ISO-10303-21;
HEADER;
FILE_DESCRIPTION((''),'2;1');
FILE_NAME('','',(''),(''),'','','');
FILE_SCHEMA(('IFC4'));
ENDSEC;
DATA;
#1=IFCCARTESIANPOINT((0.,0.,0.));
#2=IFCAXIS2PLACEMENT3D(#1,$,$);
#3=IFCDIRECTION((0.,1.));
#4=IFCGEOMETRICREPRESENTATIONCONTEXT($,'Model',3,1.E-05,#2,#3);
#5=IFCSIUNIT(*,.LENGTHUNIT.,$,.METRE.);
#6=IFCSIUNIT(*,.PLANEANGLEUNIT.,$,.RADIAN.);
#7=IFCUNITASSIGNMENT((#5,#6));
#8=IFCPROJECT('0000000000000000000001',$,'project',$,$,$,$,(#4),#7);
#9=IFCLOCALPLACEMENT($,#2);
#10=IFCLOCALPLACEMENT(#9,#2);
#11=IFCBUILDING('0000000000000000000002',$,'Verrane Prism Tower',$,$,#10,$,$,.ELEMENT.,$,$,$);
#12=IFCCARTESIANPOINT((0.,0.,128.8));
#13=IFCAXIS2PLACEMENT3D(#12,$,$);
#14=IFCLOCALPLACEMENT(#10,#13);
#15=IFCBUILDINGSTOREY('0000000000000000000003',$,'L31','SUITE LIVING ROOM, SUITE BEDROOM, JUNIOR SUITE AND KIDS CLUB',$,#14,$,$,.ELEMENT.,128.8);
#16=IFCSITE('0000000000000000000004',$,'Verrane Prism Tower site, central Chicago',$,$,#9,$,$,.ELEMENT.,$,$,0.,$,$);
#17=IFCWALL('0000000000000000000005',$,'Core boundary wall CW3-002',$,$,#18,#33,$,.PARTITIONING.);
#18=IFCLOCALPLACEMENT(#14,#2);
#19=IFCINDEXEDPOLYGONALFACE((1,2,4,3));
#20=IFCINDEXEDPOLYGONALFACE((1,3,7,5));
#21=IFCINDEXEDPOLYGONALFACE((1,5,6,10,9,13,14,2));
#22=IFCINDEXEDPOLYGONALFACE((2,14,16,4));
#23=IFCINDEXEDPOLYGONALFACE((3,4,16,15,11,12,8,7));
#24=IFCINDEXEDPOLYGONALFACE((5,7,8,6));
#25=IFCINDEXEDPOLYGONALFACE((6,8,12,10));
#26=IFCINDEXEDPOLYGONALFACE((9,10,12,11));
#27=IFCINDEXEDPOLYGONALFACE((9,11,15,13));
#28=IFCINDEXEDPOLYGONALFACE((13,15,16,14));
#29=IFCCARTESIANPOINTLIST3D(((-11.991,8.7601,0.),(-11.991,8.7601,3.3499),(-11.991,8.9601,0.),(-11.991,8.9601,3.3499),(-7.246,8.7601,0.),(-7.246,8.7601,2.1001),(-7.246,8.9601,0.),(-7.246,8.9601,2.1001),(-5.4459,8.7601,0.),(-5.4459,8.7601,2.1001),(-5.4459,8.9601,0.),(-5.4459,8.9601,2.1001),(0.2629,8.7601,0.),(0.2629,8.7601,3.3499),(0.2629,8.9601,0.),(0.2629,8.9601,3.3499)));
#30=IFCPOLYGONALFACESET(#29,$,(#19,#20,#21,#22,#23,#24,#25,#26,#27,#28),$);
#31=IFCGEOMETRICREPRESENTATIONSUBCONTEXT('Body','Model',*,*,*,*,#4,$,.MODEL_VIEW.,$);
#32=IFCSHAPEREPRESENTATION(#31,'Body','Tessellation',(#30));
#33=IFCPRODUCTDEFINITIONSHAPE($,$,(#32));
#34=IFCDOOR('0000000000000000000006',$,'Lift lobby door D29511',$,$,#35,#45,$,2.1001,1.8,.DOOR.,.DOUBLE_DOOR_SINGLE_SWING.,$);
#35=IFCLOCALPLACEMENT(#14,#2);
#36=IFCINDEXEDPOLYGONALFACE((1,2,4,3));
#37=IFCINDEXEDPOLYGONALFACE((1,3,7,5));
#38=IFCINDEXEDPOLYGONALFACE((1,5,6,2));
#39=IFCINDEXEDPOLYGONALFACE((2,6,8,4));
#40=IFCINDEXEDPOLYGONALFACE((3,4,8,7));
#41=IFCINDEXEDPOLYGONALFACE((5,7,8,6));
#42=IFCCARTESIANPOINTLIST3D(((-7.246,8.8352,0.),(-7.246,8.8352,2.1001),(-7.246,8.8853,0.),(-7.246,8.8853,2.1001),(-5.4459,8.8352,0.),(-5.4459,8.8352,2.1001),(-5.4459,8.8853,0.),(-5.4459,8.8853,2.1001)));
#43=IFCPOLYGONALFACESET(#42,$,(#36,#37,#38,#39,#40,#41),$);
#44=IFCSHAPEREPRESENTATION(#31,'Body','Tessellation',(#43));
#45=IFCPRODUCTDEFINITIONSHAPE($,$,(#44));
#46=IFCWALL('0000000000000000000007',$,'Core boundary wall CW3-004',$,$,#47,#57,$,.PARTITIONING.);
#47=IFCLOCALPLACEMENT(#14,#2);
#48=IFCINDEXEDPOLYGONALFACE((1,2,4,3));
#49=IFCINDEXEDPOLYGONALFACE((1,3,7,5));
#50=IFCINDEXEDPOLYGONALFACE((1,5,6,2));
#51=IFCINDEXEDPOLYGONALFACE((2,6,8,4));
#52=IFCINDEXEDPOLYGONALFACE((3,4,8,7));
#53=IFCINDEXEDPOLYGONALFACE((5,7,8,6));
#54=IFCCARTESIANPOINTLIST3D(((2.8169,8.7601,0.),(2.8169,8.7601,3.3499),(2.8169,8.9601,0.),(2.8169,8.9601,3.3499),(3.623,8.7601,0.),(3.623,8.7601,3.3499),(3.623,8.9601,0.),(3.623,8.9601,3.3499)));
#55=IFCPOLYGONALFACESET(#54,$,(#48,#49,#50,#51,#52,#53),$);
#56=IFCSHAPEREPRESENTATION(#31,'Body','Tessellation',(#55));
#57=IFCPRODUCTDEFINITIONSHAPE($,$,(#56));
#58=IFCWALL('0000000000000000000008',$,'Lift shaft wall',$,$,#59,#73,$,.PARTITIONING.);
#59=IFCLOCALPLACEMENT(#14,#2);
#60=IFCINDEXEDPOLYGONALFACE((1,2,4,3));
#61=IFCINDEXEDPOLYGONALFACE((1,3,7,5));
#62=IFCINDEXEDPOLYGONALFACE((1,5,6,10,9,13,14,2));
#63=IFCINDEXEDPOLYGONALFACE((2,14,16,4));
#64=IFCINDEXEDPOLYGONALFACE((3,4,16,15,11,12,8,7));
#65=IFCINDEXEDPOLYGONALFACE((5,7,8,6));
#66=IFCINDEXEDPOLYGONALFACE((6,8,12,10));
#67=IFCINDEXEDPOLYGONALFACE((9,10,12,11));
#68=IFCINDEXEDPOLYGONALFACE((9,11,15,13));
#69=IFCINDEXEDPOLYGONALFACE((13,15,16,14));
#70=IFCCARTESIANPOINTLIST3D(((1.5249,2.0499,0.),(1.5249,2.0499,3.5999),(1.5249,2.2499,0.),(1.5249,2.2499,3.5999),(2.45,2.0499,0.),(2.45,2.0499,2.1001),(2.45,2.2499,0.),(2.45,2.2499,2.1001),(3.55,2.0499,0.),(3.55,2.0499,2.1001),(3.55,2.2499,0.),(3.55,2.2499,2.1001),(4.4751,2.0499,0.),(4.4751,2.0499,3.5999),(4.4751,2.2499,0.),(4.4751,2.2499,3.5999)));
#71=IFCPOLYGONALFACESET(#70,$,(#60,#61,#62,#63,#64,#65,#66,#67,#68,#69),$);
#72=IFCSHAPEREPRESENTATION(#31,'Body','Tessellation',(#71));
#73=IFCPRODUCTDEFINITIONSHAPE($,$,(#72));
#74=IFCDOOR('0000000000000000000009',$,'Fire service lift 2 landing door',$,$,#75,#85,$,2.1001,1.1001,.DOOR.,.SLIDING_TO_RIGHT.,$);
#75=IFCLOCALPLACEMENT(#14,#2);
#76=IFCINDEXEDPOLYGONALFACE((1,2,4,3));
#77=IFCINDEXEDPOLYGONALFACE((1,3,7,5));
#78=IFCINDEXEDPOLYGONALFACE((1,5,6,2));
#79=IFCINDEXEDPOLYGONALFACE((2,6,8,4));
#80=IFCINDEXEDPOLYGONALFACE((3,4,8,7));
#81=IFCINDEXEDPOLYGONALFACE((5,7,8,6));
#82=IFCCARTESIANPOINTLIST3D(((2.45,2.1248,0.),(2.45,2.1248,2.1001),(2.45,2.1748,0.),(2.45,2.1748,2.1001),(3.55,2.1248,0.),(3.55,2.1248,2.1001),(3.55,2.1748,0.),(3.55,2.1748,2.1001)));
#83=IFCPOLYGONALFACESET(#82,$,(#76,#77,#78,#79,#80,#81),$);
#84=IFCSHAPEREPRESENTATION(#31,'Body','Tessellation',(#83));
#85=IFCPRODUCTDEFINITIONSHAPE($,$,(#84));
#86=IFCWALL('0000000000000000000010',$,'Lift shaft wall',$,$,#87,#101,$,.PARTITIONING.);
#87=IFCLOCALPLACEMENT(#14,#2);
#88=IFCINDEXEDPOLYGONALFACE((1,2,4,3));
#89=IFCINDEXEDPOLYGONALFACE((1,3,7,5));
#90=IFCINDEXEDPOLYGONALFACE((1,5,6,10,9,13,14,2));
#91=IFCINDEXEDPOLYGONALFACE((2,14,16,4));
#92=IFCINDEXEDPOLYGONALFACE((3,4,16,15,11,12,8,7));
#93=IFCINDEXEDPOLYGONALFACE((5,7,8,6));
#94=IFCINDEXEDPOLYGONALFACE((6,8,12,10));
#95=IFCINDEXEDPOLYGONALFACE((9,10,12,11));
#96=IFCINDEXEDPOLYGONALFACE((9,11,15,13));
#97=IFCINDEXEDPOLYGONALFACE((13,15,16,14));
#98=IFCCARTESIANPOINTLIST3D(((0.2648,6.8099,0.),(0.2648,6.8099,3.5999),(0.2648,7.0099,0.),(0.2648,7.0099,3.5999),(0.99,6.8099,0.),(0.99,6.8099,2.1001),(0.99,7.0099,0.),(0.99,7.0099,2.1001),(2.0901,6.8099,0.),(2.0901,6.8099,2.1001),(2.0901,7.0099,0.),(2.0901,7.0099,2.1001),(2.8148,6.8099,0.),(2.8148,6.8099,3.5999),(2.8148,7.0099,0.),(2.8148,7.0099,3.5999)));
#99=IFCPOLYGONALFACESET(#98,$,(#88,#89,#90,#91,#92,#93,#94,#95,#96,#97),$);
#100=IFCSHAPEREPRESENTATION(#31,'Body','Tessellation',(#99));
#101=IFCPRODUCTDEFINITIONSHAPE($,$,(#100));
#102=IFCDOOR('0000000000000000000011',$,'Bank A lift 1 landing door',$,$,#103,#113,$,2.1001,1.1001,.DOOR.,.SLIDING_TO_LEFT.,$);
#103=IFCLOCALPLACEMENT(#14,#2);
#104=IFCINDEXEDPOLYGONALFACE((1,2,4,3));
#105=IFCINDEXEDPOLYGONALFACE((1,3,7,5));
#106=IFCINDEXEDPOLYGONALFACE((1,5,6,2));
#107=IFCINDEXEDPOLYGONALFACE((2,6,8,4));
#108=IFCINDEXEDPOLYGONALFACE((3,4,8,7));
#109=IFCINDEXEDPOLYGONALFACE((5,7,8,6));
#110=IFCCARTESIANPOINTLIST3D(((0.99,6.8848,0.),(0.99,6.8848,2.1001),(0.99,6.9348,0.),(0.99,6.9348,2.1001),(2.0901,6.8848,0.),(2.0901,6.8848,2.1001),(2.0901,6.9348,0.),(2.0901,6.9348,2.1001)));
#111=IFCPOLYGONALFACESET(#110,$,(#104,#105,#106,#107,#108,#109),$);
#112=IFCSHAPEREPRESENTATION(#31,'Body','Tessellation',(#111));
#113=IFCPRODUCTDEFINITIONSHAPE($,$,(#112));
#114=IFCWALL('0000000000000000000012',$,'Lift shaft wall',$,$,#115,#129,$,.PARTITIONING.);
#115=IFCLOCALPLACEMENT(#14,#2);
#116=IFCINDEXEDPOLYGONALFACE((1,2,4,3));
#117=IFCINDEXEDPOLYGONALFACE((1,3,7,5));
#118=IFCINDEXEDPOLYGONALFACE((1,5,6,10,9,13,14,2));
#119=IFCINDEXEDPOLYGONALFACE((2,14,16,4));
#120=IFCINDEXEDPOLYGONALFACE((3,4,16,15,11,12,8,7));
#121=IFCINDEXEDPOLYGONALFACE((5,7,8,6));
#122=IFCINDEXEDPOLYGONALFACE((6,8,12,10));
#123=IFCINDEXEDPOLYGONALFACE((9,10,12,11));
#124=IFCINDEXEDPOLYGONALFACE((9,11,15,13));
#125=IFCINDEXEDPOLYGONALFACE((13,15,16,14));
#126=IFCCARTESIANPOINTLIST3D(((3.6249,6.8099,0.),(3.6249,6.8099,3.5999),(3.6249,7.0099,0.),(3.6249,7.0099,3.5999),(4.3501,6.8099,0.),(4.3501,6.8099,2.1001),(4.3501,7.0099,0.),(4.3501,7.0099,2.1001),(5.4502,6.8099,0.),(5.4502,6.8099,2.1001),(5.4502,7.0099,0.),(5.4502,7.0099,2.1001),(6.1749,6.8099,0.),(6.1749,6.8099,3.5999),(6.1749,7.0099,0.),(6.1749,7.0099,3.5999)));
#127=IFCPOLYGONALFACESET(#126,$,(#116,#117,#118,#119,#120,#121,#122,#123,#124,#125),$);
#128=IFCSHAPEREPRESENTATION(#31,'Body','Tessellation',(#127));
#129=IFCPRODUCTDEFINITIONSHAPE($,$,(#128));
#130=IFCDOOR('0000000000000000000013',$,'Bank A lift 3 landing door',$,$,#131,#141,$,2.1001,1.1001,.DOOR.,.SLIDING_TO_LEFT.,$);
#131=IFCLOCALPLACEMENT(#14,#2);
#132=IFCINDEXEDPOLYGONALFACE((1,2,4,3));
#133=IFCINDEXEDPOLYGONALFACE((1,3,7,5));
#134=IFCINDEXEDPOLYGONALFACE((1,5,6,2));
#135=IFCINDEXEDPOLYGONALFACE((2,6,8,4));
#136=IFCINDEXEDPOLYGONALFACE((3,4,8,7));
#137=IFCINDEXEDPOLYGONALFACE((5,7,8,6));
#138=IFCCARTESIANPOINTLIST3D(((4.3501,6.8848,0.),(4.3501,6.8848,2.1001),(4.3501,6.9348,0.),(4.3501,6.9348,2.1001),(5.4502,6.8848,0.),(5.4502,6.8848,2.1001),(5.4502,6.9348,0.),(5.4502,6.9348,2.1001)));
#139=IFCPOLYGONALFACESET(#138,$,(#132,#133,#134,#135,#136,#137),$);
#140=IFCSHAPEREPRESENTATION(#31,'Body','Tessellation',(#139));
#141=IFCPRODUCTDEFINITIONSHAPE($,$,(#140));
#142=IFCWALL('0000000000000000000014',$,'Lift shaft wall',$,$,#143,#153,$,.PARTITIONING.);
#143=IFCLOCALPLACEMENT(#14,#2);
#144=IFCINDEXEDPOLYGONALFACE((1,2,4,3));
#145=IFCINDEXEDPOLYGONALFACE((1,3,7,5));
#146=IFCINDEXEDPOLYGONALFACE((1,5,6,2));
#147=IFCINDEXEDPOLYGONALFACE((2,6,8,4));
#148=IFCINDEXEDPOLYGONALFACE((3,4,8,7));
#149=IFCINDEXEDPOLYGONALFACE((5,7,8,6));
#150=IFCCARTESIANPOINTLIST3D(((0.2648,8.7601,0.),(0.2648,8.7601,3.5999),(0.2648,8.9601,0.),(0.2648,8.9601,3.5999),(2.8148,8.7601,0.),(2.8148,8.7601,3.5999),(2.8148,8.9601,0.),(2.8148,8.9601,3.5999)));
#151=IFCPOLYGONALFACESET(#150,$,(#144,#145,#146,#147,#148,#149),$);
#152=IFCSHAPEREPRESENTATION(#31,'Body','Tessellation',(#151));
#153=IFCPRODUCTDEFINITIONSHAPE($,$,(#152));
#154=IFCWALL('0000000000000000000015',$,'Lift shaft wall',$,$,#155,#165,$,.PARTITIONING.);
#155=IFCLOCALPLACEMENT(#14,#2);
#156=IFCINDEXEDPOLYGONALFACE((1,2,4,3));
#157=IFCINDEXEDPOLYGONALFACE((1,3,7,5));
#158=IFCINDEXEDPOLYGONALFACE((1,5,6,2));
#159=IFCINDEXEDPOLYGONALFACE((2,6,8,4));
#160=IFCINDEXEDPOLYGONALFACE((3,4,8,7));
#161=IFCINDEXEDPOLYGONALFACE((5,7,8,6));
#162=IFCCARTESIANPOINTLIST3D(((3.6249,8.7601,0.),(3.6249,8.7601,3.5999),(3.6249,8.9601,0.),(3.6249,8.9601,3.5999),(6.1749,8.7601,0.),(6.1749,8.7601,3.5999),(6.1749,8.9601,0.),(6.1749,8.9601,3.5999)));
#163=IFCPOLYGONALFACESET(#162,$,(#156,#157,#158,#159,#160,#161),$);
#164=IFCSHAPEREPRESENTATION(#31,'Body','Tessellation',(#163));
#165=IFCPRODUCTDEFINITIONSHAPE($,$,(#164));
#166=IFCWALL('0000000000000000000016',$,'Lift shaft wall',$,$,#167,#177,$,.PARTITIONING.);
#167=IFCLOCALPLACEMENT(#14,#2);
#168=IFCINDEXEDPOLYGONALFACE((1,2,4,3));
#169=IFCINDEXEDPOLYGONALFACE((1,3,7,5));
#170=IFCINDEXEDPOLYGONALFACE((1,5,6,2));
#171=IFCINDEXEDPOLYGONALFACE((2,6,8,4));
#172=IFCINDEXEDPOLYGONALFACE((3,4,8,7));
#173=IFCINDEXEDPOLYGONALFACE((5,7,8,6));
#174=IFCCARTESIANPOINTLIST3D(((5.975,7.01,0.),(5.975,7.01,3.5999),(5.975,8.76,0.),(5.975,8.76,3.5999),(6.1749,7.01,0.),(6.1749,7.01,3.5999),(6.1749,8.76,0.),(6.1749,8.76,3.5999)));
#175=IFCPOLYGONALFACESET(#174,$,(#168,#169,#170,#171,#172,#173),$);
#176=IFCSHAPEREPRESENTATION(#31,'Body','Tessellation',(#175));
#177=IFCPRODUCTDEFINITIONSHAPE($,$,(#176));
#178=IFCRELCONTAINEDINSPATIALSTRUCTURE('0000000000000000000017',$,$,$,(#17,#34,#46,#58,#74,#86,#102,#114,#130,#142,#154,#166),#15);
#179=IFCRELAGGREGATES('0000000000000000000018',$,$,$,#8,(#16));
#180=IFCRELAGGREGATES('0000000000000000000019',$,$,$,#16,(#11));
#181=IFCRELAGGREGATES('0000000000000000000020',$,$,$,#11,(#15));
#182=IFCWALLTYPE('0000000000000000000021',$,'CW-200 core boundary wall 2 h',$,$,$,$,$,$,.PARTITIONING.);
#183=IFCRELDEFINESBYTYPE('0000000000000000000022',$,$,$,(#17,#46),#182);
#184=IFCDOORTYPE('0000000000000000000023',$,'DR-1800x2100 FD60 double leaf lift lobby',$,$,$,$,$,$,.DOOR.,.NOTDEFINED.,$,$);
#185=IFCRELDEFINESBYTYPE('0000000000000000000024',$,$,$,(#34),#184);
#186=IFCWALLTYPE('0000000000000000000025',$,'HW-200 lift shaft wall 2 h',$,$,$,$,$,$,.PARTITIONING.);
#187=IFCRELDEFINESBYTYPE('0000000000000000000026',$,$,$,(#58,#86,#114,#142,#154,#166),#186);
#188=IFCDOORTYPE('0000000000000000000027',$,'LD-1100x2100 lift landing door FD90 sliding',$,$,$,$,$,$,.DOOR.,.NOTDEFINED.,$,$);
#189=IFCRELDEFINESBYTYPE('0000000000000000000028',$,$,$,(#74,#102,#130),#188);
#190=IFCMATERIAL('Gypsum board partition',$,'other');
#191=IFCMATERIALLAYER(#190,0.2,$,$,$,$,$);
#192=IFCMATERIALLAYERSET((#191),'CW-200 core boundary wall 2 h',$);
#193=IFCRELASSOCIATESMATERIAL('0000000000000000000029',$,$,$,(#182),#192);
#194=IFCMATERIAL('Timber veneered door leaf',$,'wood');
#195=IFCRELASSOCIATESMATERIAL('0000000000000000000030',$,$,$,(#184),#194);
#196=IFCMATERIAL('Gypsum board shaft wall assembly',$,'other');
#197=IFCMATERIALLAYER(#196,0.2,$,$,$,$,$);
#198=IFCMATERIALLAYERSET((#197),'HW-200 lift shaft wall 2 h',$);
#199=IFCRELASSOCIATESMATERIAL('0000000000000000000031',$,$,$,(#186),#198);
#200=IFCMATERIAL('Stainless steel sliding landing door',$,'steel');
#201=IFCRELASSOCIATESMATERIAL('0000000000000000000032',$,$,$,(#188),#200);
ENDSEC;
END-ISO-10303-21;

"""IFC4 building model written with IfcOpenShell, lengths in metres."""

from ifc_helpers import new_model, si_unit, direction, frame, frame_2d, origin, place, context, subcontext, project, spatial, rectangle, extrude, material, layer, layer_set, type_object, element, fill, save


model = new_model("IFC4")

# Units and contexts
model_context = context("Model", 3, precision=1e-05, world=origin(), true_north=direction((0.0, 1.0)))
body_context = subcontext(model_context, "Body", "Model", "MODEL_VIEW")
ifc_project = project(units=[si_unit("LENGTHUNIT", "METRE"), si_unit("PLANEANGLEUNIT", "RADIAN")], contexts=[model_context])

# Site, building, storey
site_placement = place(None, origin())
site = spatial("IfcSite", under=ifc_project, at=site_placement, Name="Verrane Prism Tower site, central Chicago", CompositionType="ELEMENT", RefElevation=0.0)
building_placement = place(site_placement, origin())
building = spatial("IfcBuilding", under=site, at=building_placement, Name="Verrane Prism Tower", CompositionType="ELEMENT")
storey_placement = place(building_placement, frame((0.0, 0.0, 128.8)))
storey = spatial("IfcBuildingStorey", under=building, at=storey_placement, Name="L31", Description="SUITE LIVING ROOM, SUITE BEDROOM, JUNIOR SUITE AND KIDS CLUB", CompositionType="ELEMENT", Elevation=128.8)

# Wall, opening, door
ifc_material_1 = material(Name="Gypsum board partition", Category="other")
ifc_layer_1 = layer(ifc_material_1, 0.2)
ifc_layer_set_1 = layer_set([ifc_layer_1], Name="CW-200 core boundary wall 2 h")
wall_type_1 = type_object("IfcWallType", Name="CW-200 core boundary wall 2 h", PredefinedType="PARTITIONING", material=ifc_layer_set_1)
wall_1_placement = place(storey_placement, frame((0.2629, 8.8601, 0.0), z_axis=(0.0, 0.0, 1.0), x_axis=(-1.0, 0.0, 0.0)))
wall_1 = element("IfcWall", 1, at=wall_1_placement, inside=storey, type_object=wall_type_1, Name="Core boundary wall CW3-002", PredefinedType="PARTITIONING", context=body_context, shape_type="SweptSolid", body=[
    extrude(rectangle(XDim=12.2539, YDim=0.2, at=frame_2d((6.127, 0.0))), origin(), (0.0, 0.0, 1.0), 3.3499),
])
opening_1_placement = place(wall_1_placement, frame((5.709, 0.0, 0.0)))
opening_1 = element("IfcOpeningElement", 2, at=opening_1_placement, cuts=wall_1, PredefinedType="OPENING", context=body_context, shape_type="SweptSolid", body=[
    extrude(rectangle(XDim=1.8, YDim=2.1001, at=frame_2d((0.8999, 1.05))), frame((0.0, 0.1099, 0.0), z_axis=(0.0, -1.0, 0.0), x_axis=(1.0, 0.0, 0.0)), (0.0, 0.0, 1.0), 0.22),
])
ifc_material_2 = material(Name="Timber veneered door leaf", Category="wood")
door_type_1 = type_object("IfcDoorType", Name="DR-1800x2100 FD60 double leaf lift lobby", OperationType="NOTDEFINED", PredefinedType="DOOR", material=ifc_material_2)
door_1_placement = place(opening_1_placement, origin())
door_1 = element("IfcDoor", 3, at=door_1_placement, inside=storey, type_object=door_type_1, Name="Lift lobby door D29511", OperationType="DOUBLE_DOOR_SINGLE_SWING", OverallHeight=2.1001, OverallWidth=1.8, PredefinedType="DOOR", context=body_context, shape_type="SweptSolid", body=[
    extrude(rectangle(XDim=1.8, YDim=2.1001, at=frame_2d((0.8999, 1.05))), frame((0.0, 0.0249, 0.0), z_axis=(0.0, -1.0, 0.0), x_axis=(1.0, 0.0, 0.0)), (0.0, 0.0, 1.0), 0.05),
])
fill(opening_1, door_1)

# Wall
wall_2_placement = place(storey_placement, frame((2.8169, 8.8601, 0.0), z_axis=(0.0, 0.0, 1.0), x_axis=(1.0, 0.0, 0.0)))
element("IfcWall", 4, at=wall_2_placement, inside=storey, type_object=wall_type_1, Name="Core boundary wall CW3-004", PredefinedType="PARTITIONING", context=body_context, shape_type="SweptSolid", body=[
    extrude(rectangle(XDim=0.8062, YDim=0.2, at=frame_2d((0.4031, 0.0))), origin(), (0.0, 0.0, 1.0), 3.3499),
])

# Walls, openings, doors
ifc_material_3 = material(Name="Gypsum board shaft wall assembly", Category="other")
ifc_layer_2 = layer(ifc_material_3, 0.2)
ifc_layer_set_2 = layer_set([ifc_layer_2], Name="HW-200 lift shaft wall 2 h")
wall_type_2 = type_object("IfcWallType", Name="HW-200 lift shaft wall 2 h", PredefinedType="PARTITIONING", material=ifc_layer_set_2)
wall_3_placement = place(storey_placement, frame((1.5249, 2.1499, 0.0), z_axis=(0.0, 0.0, 1.0), x_axis=(1.0, 0.0, 0.0)))
wall_3 = element("IfcWall", 5, at=wall_3_placement, inside=storey, type_object=wall_type_2, Name="Lift shaft wall", PredefinedType="PARTITIONING", context=body_context, shape_type="SweptSolid", body=[
    extrude(rectangle(XDim=2.9502, YDim=0.2, at=frame_2d((1.4751, 0.0))), origin(), (0.0, 0.0, 1.0), 3.5999),
])
opening_2_placement = place(wall_3_placement, frame((0.925, 0.0, 0.0)))
opening_2 = element("IfcOpeningElement", 6, at=opening_2_placement, cuts=wall_3, PredefinedType="OPENING", context=body_context, shape_type="SweptSolid", body=[
    extrude(rectangle(XDim=1.1001, YDim=2.1001, at=frame_2d((0.55, 1.05))), frame((0.0, 0.1099, 0.0), z_axis=(0.0, -1.0, 0.0), x_axis=(1.0, 0.0, 0.0)), (0.0, 0.0, 1.0), 0.22),
])
ifc_material_4 = material(Name="Stainless steel sliding landing door", Category="steel")
door_type_2 = type_object("IfcDoorType", Name="LD-1100x2100 lift landing door FD90 sliding", OperationType="NOTDEFINED", PredefinedType="DOOR", material=ifc_material_4)
door_2_placement = place(opening_2_placement, origin())
door_2 = element("IfcDoor", 7, at=door_2_placement, inside=storey, type_object=door_type_2, Name="Fire service lift 2 landing door", OperationType="SLIDING_TO_RIGHT", OverallHeight=2.1001, OverallWidth=1.1001, PredefinedType="DOOR", context=body_context, shape_type="SweptSolid", body=[
    extrude(rectangle(XDim=1.1001, YDim=2.1001, at=frame_2d((0.55, 1.05))), frame((0.0, 0.0249, 0.0), z_axis=(0.0, -1.0, 0.0), x_axis=(1.0, 0.0, 0.0)), (0.0, 0.0, 1.0), 0.05),
])
fill(opening_2, door_2)
wall_4_placement = place(storey_placement, frame((0.2649, 6.9099, 0.0), z_axis=(0.0, 0.0, 1.0), x_axis=(1.0, 0.0, 0.0)))
wall_4 = element("IfcWall", 8, at=wall_4_placement, inside=storey, type_object=wall_type_2, Name="Lift shaft wall", PredefinedType="PARTITIONING", context=body_context, shape_type="SweptSolid", body=[
    extrude(rectangle(XDim=2.55, YDim=0.2, at=frame_2d((1.2749, 0.0))), origin(), (0.0, 0.0, 1.0), 3.5999),
])
opening_3_placement = place(wall_4_placement, frame((0.7251, 0.0, 0.0)))
opening_3 = element("IfcOpeningElement", 9, at=opening_3_placement, cuts=wall_4, PredefinedType="OPENING", context=body_context, shape_type="SweptSolid", body=[
    extrude(rectangle(XDim=1.1001, YDim=2.1001, at=frame_2d((0.55, 1.05))), frame((0.0, 0.1099, 0.0), z_axis=(0.0, -1.0, 0.0), x_axis=(1.0, 0.0, 0.0)), (0.0, 0.0, 1.0), 0.22),
])
door_3_placement = place(opening_3_placement, origin())
door_3 = element("IfcDoor", 10, at=door_3_placement, inside=storey, type_object=door_type_2, Name="Bank A lift 1 landing door", OperationType="SLIDING_TO_LEFT", OverallHeight=2.1001, OverallWidth=1.1001, PredefinedType="DOOR", context=body_context, shape_type="SweptSolid", body=[
    extrude(rectangle(XDim=1.1001, YDim=2.1001, at=frame_2d((0.55, 1.05))), frame((0.0, 0.0249, 0.0), z_axis=(0.0, -1.0, 0.0), x_axis=(1.0, 0.0, 0.0)), (0.0, 0.0, 1.0), 0.05),
])
fill(opening_3, door_3)
wall_5_placement = place(storey_placement, frame((3.625, 6.9099, 0.0), z_axis=(0.0, 0.0, 1.0), x_axis=(1.0, 0.0, 0.0)))
wall_5 = element("IfcWall", 11, at=wall_5_placement, inside=storey, type_object=wall_type_2, Name="Lift shaft wall", PredefinedType="PARTITIONING", context=body_context, shape_type="SweptSolid", body=[
    extrude(rectangle(XDim=2.55, YDim=0.2, at=frame_2d((1.2749, 0.0))), origin(), (0.0, 0.0, 1.0), 3.5999),
])
opening_4_placement = place(wall_5_placement, frame((0.7251, 0.0, 0.0)))
opening_4 = element("IfcOpeningElement", 12, at=opening_4_placement, cuts=wall_5, PredefinedType="OPENING", context=body_context, shape_type="SweptSolid", body=[
    extrude(rectangle(XDim=1.1001, YDim=2.1001, at=frame_2d((0.55, 1.05))), frame((0.0, 0.1099, 0.0), z_axis=(0.0, -1.0, 0.0), x_axis=(1.0, 0.0, 0.0)), (0.0, 0.0, 1.0), 0.22),
])
door_4_placement = place(opening_4_placement, origin())
door_4 = element("IfcDoor", 13, at=door_4_placement, inside=storey, type_object=door_type_2, Name="Bank A lift 3 landing door", OperationType="SLIDING_TO_LEFT", OverallHeight=2.1001, OverallWidth=1.1001, PredefinedType="DOOR", context=body_context, shape_type="SweptSolid", body=[
    extrude(rectangle(XDim=1.1001, YDim=2.1001, at=frame_2d((0.55, 1.05))), frame((0.0, 0.0249, 0.0), z_axis=(0.0, -1.0, 0.0), x_axis=(1.0, 0.0, 0.0)), (0.0, 0.0, 1.0), 0.05),
])
fill(opening_4, door_4)

# Walls
for number, where, z_axis, x_axis, name in (
    (14, (0.2649, 8.8601, 0.0), (0.0, 0.0, 1.0), (1.0, 0.0, 0.0), "Lift shaft wall"),
    (15, (3.625, 8.8601, 0.0), (0.0, 0.0, 1.0), (1.0, 0.0, 0.0), "Lift shaft wall"),
):
    element("IfcWall", number, at=place(storey_placement, frame(where, z_axis=z_axis, x_axis=x_axis)), inside=storey, type_object=wall_type_2, Name=name, PredefinedType="PARTITIONING", context=body_context, shape_type="SweptSolid", body=[
        extrude(rectangle(XDim=2.55, YDim=0.2, at=frame_2d((1.2749, 0.0))), origin(), (0.0, 0.0, 1.0), 3.5999),
    ])
for number, where, z_axis, x_axis, name in (
    (16, (6.075, 7.01, 0.0), (0.0, 0.0, 1.0), (0.0, 1.0, 0.0), "Lift shaft wall"),
):
    element("IfcWall", number, at=place(storey_placement, frame(where, z_axis=z_axis, x_axis=x_axis)), inside=storey, type_object=wall_type_2, Name=name, PredefinedType="PARTITIONING", context=body_context, shape_type="SweptSolid", body=[
        extrude(rectangle(XDim=1.75, YDim=0.2, at=frame_2d((0.875, 0.0))), origin(), (0.0, 0.0, 1.0), 3.5999),
    ])

save(model, "model.ifc")
